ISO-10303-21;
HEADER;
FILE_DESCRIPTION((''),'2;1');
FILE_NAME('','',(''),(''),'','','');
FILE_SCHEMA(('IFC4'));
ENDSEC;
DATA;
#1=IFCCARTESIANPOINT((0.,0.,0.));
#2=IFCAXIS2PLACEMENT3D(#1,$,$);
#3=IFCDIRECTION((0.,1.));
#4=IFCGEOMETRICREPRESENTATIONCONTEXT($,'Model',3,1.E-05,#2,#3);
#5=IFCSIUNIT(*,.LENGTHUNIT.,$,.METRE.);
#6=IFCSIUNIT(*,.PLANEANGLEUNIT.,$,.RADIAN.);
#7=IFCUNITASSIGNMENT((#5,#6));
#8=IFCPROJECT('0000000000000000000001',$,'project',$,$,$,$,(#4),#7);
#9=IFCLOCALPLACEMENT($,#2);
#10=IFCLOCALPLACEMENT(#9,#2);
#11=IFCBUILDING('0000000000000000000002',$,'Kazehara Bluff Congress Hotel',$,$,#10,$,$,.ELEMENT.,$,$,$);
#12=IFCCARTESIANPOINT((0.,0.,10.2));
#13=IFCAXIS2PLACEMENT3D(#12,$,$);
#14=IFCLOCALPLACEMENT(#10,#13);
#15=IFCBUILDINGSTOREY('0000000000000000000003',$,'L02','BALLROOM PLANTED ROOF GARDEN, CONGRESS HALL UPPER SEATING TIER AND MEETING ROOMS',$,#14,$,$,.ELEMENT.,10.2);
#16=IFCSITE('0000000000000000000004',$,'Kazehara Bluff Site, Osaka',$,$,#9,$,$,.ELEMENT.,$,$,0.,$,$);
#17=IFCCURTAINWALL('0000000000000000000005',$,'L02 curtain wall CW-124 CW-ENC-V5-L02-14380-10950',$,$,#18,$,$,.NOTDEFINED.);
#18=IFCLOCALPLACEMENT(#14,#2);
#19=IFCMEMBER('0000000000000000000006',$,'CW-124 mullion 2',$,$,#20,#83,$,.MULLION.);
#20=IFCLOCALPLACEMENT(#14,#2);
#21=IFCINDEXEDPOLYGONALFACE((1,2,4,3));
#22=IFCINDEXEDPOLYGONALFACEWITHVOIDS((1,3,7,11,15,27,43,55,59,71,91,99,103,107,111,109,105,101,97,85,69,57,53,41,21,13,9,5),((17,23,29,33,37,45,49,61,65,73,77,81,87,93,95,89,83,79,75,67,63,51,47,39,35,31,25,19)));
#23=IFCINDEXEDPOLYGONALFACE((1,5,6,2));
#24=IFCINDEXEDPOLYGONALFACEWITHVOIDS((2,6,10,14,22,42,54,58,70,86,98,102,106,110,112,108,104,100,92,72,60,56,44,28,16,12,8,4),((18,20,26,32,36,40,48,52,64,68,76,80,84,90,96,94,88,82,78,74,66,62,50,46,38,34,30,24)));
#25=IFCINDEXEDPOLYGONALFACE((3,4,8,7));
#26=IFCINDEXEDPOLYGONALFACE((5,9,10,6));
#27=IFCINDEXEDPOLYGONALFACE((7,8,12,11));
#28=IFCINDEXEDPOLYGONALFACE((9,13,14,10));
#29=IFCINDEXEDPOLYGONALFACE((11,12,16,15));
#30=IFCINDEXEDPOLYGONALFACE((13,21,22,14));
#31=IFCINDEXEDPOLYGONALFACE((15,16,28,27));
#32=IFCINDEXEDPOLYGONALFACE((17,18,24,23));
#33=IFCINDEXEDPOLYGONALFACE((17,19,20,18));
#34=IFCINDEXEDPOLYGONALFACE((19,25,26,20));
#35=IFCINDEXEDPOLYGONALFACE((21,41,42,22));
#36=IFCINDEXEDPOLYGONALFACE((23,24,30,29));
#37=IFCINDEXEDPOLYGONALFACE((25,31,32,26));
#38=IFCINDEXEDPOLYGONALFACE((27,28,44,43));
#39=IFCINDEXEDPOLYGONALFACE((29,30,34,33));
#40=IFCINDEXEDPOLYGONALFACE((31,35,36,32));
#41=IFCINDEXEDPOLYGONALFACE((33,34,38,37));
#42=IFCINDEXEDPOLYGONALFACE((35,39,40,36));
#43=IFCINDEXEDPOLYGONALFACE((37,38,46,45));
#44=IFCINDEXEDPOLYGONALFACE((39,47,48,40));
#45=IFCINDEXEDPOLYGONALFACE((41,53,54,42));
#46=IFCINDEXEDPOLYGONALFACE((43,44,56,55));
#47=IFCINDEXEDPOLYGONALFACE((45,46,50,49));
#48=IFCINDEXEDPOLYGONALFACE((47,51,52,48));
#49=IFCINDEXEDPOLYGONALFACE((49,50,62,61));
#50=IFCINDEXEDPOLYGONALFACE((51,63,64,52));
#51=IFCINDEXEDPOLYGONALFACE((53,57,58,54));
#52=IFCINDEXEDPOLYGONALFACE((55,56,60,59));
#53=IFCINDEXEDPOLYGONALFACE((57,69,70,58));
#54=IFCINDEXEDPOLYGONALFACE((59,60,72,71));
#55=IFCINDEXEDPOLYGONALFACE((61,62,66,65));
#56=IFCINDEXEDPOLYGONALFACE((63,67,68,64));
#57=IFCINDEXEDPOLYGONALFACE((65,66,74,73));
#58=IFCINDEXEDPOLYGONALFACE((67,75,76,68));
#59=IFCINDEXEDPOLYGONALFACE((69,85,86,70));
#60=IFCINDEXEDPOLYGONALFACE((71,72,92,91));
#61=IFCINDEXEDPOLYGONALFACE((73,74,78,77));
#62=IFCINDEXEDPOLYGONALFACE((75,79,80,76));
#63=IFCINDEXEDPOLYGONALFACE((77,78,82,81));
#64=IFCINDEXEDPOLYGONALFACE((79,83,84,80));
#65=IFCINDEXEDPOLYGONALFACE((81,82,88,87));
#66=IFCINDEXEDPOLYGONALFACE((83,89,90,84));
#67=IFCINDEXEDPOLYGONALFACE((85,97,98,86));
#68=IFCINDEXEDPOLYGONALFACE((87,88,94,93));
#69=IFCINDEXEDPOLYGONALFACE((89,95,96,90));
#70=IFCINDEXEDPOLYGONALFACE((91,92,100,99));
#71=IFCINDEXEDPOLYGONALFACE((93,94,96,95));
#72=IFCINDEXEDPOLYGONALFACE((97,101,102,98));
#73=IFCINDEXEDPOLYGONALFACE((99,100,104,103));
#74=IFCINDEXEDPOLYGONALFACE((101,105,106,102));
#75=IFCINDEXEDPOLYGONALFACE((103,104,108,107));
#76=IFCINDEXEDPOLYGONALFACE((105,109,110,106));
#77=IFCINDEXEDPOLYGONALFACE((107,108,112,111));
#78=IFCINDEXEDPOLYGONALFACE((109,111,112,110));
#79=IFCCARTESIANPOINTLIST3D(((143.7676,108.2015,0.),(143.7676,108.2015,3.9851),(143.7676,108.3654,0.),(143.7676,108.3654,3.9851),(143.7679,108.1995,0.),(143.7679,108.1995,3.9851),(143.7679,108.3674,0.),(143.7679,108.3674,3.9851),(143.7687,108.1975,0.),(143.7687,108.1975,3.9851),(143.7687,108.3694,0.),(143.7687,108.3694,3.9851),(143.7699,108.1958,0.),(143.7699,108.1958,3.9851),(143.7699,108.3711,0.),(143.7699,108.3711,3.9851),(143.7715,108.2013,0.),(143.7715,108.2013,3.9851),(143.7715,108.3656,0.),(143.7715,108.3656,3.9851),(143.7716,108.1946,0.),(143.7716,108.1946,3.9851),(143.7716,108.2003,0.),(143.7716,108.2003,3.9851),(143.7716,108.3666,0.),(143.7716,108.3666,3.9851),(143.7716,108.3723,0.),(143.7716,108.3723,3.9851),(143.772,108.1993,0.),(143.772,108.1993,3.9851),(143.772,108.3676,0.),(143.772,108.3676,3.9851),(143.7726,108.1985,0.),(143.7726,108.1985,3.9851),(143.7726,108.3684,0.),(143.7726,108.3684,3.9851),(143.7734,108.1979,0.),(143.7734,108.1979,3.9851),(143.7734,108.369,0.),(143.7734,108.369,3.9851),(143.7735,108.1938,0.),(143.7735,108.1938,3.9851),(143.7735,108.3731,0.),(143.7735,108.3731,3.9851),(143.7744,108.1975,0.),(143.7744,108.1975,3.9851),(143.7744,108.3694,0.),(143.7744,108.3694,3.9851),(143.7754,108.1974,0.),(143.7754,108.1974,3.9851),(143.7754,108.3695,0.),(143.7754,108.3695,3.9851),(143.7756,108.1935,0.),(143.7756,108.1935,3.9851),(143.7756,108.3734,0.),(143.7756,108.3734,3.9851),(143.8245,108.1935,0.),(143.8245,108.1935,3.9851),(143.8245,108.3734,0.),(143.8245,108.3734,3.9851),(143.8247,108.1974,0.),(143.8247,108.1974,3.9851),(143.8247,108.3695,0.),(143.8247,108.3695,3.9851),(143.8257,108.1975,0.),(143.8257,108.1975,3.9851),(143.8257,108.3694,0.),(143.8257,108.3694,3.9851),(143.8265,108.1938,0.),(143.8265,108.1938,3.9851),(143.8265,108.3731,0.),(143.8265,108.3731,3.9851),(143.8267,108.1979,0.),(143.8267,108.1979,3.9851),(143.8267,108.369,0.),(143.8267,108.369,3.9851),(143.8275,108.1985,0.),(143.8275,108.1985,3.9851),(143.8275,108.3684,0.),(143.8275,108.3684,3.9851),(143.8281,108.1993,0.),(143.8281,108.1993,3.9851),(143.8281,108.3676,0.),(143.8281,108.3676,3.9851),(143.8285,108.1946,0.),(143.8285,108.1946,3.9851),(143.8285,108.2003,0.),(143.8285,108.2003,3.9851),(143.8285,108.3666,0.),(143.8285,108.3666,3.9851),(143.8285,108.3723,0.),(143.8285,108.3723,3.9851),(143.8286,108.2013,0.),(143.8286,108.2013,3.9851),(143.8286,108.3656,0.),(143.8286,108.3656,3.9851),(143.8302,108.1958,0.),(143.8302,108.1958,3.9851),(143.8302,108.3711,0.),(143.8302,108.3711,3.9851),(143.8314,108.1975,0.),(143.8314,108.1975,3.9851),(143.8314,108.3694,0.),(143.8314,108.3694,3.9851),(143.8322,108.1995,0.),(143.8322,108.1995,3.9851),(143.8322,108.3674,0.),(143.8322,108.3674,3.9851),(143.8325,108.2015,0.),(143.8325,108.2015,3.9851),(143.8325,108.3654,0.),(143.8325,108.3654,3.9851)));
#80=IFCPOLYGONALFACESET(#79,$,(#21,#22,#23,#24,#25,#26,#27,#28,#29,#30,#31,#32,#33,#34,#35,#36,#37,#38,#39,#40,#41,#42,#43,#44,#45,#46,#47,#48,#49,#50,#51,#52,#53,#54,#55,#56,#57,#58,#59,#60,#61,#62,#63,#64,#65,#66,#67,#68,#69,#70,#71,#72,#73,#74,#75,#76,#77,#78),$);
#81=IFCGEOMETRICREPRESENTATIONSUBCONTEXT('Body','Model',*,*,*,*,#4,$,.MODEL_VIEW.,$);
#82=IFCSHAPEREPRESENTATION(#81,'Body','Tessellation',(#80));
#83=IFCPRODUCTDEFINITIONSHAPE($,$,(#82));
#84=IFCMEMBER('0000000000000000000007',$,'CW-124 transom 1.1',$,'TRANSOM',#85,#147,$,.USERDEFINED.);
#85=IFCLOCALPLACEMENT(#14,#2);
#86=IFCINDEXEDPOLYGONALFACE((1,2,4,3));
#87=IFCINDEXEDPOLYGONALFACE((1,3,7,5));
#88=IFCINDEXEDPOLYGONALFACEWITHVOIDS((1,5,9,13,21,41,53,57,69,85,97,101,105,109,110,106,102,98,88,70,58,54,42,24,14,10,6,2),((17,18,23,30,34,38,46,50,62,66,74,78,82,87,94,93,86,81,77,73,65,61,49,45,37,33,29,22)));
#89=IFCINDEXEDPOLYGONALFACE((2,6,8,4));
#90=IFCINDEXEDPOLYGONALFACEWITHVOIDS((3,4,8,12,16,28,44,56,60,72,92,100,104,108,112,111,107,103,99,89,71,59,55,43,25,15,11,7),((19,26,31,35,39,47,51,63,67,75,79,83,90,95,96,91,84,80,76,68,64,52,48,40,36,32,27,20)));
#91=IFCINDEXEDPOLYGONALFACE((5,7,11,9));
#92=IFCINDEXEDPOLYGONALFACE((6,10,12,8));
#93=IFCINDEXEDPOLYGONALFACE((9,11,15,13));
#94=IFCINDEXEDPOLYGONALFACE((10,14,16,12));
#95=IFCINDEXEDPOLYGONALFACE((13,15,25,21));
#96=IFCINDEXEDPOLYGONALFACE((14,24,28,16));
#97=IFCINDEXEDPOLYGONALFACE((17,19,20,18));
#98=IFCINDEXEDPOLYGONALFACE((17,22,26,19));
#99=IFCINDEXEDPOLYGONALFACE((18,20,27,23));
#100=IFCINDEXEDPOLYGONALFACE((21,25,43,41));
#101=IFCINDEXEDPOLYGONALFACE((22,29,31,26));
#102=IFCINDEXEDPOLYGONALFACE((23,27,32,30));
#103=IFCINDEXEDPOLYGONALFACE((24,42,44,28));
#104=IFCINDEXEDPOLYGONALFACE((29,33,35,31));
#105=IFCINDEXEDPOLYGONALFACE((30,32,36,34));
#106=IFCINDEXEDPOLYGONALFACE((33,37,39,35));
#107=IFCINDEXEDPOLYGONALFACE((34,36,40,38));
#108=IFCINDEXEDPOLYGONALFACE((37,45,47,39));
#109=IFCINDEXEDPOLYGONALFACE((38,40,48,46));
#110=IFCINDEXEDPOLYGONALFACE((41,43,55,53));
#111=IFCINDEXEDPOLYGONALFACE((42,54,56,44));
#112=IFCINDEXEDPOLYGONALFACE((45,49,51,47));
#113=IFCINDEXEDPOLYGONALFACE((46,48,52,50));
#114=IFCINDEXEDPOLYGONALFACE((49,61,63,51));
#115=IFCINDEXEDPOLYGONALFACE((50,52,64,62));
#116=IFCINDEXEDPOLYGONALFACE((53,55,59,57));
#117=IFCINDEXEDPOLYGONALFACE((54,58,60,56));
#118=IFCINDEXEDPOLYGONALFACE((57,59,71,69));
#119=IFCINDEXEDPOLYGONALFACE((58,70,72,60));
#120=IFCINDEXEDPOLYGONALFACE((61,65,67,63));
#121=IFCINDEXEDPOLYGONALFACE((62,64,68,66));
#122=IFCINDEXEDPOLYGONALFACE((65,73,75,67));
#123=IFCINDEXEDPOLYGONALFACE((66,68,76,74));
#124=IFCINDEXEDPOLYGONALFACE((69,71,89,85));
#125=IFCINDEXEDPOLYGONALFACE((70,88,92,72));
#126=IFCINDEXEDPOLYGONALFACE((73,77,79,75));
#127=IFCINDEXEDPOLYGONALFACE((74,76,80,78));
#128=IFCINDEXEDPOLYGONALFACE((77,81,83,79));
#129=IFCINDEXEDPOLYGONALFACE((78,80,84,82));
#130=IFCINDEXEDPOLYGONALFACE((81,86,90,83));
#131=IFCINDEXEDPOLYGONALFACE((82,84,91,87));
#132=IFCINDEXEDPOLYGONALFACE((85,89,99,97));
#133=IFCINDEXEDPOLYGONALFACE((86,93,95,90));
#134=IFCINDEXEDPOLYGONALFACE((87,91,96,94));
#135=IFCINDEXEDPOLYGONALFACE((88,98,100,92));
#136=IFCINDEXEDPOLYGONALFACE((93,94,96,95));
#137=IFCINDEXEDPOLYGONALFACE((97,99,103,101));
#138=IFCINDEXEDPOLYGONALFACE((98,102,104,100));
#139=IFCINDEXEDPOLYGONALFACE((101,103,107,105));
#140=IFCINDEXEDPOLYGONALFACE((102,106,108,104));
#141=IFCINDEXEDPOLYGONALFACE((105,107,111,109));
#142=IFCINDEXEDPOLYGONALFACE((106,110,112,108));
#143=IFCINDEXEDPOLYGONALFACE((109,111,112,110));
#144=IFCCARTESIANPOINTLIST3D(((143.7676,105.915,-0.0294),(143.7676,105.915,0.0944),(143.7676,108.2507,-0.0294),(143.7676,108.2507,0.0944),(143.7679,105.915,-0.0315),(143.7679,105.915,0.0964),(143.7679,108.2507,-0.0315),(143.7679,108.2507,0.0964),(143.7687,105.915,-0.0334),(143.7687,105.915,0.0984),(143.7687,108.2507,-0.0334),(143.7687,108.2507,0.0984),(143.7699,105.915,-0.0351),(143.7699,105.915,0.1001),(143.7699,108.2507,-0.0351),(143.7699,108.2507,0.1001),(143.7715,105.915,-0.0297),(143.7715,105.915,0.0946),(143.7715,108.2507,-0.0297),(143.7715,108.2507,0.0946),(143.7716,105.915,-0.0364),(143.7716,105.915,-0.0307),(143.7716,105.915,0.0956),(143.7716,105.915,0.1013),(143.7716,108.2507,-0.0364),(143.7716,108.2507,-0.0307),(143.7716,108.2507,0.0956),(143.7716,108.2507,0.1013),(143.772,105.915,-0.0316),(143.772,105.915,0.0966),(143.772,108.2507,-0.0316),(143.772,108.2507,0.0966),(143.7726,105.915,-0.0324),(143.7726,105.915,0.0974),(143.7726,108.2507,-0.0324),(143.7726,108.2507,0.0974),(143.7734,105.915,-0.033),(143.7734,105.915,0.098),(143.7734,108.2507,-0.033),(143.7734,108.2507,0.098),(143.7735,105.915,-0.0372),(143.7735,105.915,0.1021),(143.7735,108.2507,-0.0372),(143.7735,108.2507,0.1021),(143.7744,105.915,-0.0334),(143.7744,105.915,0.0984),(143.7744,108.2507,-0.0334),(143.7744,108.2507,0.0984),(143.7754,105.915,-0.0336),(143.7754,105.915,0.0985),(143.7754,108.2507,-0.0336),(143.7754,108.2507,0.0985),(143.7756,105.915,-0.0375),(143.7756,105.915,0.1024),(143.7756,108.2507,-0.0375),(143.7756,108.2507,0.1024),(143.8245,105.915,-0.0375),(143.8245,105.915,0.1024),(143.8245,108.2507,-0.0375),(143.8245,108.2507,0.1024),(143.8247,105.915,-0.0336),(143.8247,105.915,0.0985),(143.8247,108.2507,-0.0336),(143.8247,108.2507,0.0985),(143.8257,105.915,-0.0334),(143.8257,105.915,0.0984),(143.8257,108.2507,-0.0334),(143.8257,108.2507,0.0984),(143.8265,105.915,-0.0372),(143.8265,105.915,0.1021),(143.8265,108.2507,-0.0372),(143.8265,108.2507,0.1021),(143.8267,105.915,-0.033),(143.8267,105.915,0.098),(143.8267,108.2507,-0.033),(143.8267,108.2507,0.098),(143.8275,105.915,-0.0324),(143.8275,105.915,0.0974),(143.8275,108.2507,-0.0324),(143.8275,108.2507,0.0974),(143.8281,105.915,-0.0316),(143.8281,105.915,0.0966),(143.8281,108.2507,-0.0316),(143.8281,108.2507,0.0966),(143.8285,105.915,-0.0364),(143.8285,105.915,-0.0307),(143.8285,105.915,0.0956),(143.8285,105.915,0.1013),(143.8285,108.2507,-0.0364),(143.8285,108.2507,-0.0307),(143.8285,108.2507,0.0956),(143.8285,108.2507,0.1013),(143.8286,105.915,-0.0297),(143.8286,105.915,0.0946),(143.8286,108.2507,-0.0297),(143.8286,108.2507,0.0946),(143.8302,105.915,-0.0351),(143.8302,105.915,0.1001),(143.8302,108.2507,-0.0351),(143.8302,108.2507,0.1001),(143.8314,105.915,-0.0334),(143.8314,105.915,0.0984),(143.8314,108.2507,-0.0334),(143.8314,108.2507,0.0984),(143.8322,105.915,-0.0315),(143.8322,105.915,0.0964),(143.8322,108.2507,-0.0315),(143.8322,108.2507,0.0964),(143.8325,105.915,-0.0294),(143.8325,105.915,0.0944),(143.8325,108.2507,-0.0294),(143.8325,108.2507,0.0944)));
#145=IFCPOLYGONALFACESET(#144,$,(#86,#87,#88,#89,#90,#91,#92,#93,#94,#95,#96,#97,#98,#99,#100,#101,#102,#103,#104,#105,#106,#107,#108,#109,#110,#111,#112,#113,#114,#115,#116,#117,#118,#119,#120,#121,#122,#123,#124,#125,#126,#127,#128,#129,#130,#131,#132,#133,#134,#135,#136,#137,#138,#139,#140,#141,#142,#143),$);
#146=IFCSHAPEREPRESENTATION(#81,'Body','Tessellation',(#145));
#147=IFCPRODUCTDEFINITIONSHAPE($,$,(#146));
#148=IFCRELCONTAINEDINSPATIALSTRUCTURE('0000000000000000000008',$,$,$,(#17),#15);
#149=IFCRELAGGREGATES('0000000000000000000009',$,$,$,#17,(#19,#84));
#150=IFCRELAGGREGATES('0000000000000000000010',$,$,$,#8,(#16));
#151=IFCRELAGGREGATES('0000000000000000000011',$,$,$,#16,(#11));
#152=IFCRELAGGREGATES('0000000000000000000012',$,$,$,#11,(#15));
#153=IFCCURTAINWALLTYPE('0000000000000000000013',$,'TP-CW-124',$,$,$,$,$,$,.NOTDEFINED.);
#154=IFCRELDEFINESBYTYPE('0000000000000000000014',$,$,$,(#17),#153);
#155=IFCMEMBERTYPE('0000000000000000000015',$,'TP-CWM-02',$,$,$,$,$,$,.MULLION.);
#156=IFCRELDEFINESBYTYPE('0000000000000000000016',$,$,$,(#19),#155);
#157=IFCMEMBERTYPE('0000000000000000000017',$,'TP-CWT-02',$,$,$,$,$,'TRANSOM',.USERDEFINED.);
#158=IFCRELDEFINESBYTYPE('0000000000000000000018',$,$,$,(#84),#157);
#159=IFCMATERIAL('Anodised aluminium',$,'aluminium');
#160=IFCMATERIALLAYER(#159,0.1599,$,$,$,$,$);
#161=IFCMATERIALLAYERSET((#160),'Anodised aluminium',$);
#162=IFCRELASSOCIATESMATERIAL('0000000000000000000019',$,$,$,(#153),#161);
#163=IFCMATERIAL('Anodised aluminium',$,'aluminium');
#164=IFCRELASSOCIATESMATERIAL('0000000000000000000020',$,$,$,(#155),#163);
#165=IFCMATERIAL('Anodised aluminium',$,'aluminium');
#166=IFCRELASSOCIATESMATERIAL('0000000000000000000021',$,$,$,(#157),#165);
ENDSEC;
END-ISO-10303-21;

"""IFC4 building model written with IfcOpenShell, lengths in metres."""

from ifc_helpers import new_model, si_unit, direction, frame, origin, origin_2d, place, context, subcontext, project, spatial, hollow_rectangle, extrude, material, layer, layer_set, material_profile, profile_set, type_object, element, aggregate, save


model = new_model("IFC4")

# Units and contexts
model_context = context("Model", 3, precision=1e-05, world=origin(), true_north=direction((0.0, 1.0)))
body_context = subcontext(model_context, "Body", "Model", "MODEL_VIEW")
ifc_project = project(units=[si_unit("LENGTHUNIT", "METRE"), si_unit("PLANEANGLEUNIT", "RADIAN")], contexts=[model_context])

# Site, building, storey
site_placement = place(None, origin())
site = spatial("IfcSite", under=ifc_project, at=site_placement, Name="Kazehara Bluff Site, Osaka", CompositionType="ELEMENT", RefElevation=0.0)
building_placement = place(site_placement, origin())
building = spatial("IfcBuilding", under=site, at=building_placement, Name="Kazehara Bluff Congress Hotel", CompositionType="ELEMENT")
storey_placement = place(building_placement, frame((0.0, 0.0, 10.2)))
storey = spatial("IfcBuildingStorey", under=building, at=storey_placement, Name="L02", Description="BALLROOM PLANTED ROOF GARDEN, CONGRESS HALL UPPER SEATING TIER AND MEETING ROOMS", CompositionType="ELEMENT", Elevation=10.2)

# Curtain wall, members
ifc_material_1 = material(Name="Anodised aluminium", Category="aluminium")
ifc_layer_1 = layer(ifc_material_1, 0.1599)
ifc_layer_set_1 = layer_set([ifc_layer_1], Name="Anodised aluminium")
curtain_wall_type = type_object("IfcCurtainWallType", Name="TP-CW-124", PredefinedType="NOTDEFINED", material=ifc_layer_set_1)
curtain_wall_placement = place(storey_placement, origin())
curtain_wall = element("IfcCurtainWall", 1, at=curtain_wall_placement, inside=storey, type_object=curtain_wall_type, Name="L02 curtain wall CW-124 CW-ENC-V5-L02-14380-10950", PredefinedType="NOTDEFINED")
ifc_material_2 = material(Name="Anodised aluminium", Category="aluminium")
ifc_material_profile_1 = material_profile(ifc_material_2, hollow_rectangle(XDim=0.0649, YDim=0.1799, WallThickness=0.0039, InnerFilletRadius=0.0039, OuterFilletRadius=0.0081, at=origin_2d()))
ifc_profile_set_1 = profile_set([ifc_material_profile_1], Name="Anodised aluminium")
member_type_1 = type_object("IfcMemberType", Name="TP-CWM-02", PredefinedType="MULLION", material=ifc_profile_set_1)
member_1_placement = place(storey_placement, frame((143.8, 108.2834, 0.0), z_axis=(0.0, 0.0, 1.0), x_axis=(-1.0, 0.0, 0.0)))
member_1 = element("IfcMember", 2, at=member_1_placement, type_object=member_type_1, Name="CW-124 mullion 2", PredefinedType="MULLION", context=body_context, shape_type="SweptSolid", body=[
    extrude(hollow_rectangle(XDim=0.0649, YDim=0.1799, WallThickness=0.0039, InnerFilletRadius=0.0039, OuterFilletRadius=0.0081, at=origin_2d()), origin(), (0.0, 0.0, 1.0), 3.9851),
])
ifc_material_3 = material(Name="Anodised aluminium", Category="aluminium")
ifc_material_profile_2 = material_profile(ifc_material_3, hollow_rectangle(XDim=0.0649, YDim=0.1399, WallThickness=0.0039, InnerFilletRadius=0.0039, OuterFilletRadius=0.0081, at=origin_2d()))
ifc_profile_set_2 = profile_set([ifc_material_profile_2], Name="Anodised aluminium")
member_type_2 = type_object("IfcMemberType", Name="TP-CWT-02", ElementType="TRANSOM", PredefinedType="USERDEFINED", material=ifc_profile_set_2)
member_2_placement = place(storey_placement, frame((143.8, 105.915, 0.0325), z_axis=(0.0, 1.0, 0.0), x_axis=(-1.0, 0.0, 0.0)))
member_2 = element("IfcMember", 3, at=member_2_placement, type_object=member_type_2, Name="CW-124 transom 1.1", ObjectType="TRANSOM", PredefinedType="USERDEFINED", context=body_context, shape_type="SweptSolid", body=[
    extrude(hollow_rectangle(XDim=0.0649, YDim=0.1399, WallThickness=0.0039, InnerFilletRadius=0.0039, OuterFilletRadius=0.0081, at=origin_2d()), origin(), (0.0, 0.0, 1.0), 2.3357),
])

aggregate(curtain_wall, [member_1, member_2])

save(model, "model.ifc")
